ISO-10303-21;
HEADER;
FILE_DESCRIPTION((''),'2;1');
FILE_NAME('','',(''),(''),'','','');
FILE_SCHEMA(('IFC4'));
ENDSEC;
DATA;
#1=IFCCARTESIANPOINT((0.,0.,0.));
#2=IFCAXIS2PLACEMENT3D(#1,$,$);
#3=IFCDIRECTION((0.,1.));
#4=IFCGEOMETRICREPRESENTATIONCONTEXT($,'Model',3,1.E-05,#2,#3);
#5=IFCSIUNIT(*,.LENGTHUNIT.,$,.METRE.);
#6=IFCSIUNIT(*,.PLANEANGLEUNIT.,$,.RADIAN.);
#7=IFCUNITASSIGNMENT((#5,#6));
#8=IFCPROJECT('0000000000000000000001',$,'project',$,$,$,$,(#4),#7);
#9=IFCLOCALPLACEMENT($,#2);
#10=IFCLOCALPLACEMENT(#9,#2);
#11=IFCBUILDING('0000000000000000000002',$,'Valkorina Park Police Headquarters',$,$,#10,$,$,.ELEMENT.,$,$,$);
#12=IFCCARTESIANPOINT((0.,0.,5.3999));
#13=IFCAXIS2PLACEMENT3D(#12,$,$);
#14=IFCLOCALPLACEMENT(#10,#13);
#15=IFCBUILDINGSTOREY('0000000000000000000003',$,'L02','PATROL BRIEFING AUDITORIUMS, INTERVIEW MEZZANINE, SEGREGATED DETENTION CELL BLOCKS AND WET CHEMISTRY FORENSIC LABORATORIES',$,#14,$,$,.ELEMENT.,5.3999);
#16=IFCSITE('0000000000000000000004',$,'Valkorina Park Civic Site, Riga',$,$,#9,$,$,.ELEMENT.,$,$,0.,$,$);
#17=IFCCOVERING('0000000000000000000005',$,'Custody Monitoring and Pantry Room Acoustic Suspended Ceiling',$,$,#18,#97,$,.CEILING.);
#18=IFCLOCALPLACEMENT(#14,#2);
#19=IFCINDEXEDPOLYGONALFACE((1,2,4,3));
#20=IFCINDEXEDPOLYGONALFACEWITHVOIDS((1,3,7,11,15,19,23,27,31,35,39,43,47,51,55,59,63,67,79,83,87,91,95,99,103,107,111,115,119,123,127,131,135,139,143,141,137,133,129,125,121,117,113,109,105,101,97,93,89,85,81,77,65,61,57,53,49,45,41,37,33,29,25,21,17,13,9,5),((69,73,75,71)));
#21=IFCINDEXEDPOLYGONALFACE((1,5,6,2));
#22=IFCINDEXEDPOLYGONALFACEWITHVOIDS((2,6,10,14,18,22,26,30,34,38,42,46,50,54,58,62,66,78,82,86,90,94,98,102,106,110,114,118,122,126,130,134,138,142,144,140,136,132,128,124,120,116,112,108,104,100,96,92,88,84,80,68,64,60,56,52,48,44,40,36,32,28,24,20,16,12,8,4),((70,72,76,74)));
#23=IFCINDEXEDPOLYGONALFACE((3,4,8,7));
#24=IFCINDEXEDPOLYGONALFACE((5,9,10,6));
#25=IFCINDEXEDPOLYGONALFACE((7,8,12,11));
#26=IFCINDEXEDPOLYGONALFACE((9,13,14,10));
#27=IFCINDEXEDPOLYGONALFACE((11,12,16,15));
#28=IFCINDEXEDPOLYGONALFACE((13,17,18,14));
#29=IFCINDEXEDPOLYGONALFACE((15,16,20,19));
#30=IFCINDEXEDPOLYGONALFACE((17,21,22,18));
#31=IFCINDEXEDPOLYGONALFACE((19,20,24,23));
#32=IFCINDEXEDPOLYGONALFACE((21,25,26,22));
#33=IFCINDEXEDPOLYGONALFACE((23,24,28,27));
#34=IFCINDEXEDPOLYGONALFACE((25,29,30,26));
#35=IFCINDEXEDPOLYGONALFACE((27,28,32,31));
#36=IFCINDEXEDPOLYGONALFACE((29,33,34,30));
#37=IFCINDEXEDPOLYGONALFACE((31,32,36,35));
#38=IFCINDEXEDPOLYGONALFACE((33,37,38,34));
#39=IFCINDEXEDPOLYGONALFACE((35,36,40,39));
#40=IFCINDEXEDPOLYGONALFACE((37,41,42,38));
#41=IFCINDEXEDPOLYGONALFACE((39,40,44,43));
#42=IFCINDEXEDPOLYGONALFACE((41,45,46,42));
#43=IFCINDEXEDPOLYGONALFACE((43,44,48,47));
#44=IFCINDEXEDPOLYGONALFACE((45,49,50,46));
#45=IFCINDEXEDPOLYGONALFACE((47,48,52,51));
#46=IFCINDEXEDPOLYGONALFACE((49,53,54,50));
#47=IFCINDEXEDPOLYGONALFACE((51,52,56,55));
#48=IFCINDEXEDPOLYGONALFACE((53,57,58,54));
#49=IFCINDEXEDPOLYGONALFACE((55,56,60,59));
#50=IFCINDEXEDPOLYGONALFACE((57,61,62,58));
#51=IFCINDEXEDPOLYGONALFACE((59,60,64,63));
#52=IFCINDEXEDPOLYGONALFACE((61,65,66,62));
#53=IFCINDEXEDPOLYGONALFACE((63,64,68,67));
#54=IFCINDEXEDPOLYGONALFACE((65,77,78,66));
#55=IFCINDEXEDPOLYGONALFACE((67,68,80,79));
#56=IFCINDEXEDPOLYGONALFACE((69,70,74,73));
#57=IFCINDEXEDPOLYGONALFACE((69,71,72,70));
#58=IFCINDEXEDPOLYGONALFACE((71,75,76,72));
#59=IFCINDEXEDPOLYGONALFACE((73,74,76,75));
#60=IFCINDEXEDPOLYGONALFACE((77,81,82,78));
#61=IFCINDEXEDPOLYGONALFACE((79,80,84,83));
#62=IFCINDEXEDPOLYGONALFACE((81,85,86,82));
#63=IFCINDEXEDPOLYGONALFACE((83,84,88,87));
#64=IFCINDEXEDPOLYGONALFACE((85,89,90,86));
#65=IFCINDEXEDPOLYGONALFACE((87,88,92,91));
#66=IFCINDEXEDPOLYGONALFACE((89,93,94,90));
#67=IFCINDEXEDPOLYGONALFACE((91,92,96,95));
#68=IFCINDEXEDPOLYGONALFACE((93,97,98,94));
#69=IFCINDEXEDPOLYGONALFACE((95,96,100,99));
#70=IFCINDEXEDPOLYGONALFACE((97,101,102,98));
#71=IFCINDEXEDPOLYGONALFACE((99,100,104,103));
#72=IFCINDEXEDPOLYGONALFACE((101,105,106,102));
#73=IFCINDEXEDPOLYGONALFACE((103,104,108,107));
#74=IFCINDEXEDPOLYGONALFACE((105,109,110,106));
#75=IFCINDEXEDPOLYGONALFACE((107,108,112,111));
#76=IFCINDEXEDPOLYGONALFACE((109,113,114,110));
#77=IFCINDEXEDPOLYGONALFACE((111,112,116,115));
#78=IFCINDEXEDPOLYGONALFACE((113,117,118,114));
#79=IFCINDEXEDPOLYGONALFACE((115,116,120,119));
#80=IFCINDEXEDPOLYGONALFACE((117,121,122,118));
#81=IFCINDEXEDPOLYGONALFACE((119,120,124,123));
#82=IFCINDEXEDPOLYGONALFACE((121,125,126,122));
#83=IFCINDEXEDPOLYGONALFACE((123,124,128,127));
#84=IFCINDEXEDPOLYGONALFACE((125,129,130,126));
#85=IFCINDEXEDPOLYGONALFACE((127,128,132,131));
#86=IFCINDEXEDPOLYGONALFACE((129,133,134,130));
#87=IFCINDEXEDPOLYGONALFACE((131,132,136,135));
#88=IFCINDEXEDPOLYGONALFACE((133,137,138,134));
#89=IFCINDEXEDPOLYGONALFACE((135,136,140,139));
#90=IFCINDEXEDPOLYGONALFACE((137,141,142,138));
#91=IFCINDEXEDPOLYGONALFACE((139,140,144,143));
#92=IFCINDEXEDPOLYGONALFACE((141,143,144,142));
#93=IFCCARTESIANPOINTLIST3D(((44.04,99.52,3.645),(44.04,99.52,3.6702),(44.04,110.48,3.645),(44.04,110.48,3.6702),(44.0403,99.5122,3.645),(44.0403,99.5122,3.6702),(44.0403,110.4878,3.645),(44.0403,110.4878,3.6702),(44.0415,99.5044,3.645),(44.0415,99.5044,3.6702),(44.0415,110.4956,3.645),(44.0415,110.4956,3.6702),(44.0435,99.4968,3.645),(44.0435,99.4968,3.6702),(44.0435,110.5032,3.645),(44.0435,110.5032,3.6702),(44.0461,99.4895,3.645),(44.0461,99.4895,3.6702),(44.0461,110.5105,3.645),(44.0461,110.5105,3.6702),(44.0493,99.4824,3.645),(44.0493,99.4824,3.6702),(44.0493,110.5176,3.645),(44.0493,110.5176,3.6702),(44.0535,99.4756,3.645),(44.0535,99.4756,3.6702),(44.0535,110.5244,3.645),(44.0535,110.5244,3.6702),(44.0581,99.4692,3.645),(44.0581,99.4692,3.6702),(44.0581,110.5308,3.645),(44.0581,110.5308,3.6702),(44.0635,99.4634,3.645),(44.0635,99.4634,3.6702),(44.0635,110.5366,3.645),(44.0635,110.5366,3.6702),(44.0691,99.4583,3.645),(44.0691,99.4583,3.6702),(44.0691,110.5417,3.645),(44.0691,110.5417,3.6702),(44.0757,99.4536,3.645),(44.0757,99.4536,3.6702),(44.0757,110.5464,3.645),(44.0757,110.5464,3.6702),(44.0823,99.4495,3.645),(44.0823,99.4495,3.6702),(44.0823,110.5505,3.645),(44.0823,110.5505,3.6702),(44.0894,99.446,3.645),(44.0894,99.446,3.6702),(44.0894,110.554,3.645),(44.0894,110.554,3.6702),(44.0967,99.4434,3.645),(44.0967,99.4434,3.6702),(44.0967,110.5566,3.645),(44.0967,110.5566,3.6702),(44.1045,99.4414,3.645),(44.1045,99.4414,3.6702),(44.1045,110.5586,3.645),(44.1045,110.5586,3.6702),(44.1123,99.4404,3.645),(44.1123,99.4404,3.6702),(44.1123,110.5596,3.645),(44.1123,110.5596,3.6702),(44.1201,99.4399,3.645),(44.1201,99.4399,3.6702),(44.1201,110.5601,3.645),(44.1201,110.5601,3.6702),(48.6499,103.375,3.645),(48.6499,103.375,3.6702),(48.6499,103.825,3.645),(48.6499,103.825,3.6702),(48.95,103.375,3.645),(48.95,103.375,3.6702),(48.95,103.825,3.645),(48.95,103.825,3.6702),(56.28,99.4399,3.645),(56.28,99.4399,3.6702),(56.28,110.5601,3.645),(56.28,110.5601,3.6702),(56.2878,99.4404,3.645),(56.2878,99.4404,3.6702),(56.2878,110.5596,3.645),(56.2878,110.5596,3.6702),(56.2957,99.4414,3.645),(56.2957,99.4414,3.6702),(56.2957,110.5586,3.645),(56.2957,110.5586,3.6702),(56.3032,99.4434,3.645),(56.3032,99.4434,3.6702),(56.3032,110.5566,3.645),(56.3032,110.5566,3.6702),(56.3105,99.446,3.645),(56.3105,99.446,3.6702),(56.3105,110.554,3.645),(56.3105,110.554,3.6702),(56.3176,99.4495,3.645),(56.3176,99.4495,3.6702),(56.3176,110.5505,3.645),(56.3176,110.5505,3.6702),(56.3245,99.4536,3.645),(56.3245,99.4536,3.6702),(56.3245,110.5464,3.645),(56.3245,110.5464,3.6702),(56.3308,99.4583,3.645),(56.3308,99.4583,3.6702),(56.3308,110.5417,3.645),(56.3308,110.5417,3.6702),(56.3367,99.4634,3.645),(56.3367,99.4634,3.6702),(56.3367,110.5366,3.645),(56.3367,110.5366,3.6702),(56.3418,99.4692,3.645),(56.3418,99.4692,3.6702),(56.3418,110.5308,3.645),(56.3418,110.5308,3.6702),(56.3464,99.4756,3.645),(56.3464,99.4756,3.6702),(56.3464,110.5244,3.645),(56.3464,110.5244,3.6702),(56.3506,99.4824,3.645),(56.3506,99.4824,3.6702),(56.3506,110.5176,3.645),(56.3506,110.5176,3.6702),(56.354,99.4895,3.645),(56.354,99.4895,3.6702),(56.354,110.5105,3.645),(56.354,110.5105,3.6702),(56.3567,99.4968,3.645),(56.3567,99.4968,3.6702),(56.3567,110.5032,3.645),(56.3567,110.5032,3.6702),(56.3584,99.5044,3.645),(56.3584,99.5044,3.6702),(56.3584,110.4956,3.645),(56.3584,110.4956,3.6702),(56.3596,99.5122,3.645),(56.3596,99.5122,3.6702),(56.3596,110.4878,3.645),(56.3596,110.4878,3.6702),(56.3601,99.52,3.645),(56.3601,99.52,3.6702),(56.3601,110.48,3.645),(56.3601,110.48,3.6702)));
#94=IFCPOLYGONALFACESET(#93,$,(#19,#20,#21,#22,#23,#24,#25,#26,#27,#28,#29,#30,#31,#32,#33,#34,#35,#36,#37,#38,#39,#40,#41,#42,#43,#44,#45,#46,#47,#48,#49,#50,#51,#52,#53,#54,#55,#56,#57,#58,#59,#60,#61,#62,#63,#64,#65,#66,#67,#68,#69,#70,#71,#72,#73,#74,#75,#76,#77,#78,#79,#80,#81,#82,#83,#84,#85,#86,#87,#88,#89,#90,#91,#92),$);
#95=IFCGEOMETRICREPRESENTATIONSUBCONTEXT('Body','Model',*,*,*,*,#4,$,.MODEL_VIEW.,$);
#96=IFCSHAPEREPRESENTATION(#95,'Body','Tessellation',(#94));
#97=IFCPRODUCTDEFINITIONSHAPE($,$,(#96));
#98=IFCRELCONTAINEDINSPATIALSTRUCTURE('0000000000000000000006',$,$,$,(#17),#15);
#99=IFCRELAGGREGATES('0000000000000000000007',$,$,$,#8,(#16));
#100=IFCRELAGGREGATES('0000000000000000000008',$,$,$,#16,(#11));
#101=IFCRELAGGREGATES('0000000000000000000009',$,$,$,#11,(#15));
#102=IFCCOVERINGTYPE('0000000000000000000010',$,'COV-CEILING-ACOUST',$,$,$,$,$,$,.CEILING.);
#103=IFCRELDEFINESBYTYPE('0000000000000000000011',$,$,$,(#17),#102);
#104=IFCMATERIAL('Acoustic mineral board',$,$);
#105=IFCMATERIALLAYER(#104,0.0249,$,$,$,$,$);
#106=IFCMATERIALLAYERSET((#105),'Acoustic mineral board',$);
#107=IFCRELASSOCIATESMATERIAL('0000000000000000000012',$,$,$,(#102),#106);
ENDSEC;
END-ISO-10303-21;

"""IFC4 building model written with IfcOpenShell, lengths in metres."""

from ifc_helpers import new_model, si_unit, direction, frame, origin, place, context, subcontext, project, spatial, polyline, outline, extrude, material, layer, layer_set, type_object, element, save


model = new_model("IFC4")

# Units and contexts
model_context = context("Model", 3, precision=1e-05, world=origin(), true_north=direction((0.0, 1.0)))
body_context = subcontext(model_context, "Body", "Model", "MODEL_VIEW")
ifc_project = project(units=[si_unit("LENGTHUNIT", "METRE"), si_unit("PLANEANGLEUNIT", "RADIAN")], contexts=[model_context])

# Site, building, storey
site_placement = place(None, origin())
site = spatial("IfcSite", under=ifc_project, at=site_placement, Name="Valkorina Park Civic Site, Riga", CompositionType="ELEMENT", RefElevation=0.0)
building_placement = place(site_placement, origin())
building = spatial("IfcBuilding", under=site, at=building_placement, Name="Valkorina Park Police Headquarters", CompositionType="ELEMENT")
storey_placement = place(building_placement, frame((0.0, 0.0, 5.3999)))
storey = spatial("IfcBuildingStorey", under=building, at=storey_placement, Name="L02", Description="PATROL BRIEFING AUDITORIUMS, INTERVIEW MEZZANINE, SEGREGATED DETENTION CELL BLOCKS AND WET CHEMISTRY FORENSIC LABORATORIES", CompositionType="ELEMENT", Elevation=5.3999)

# Covering
ifc_material_1 = material(Name="Acoustic mineral board")
ifc_layer_1 = layer(ifc_material_1, 0.0249)
ifc_layer_set_1 = layer_set([ifc_layer_1], Name="Acoustic mineral board")
covering_type_1 = type_object("IfcCoveringType", Name="COV-CEILING-ACOUST", PredefinedType="CEILING", material=ifc_layer_set_1)
covering_1_placement = place(storey_placement, frame((0.0, 0.0, 3.645)))
element("IfcCovering", 1, at=covering_1_placement, inside=storey, type_object=covering_type_1, Name="Custody Monitoring and Pantry Room Acoustic Suspended Ceiling", PredefinedType="CEILING", context=body_context, shape_type="SweptSolid", body=[
    extrude(outline(polyline([(56.3584, 99.5044), (56.3596, 99.5122), (56.3601, 99.52), (56.3601, 110.48), (56.3596, 110.4878), (56.3584, 110.4956), (56.3567, 110.5032), (56.354, 110.5105), (56.3506, 110.5176), (56.3464, 110.5244), (56.3418, 110.5308), (56.3367, 110.5366), (56.3308, 110.5417), (56.3245, 110.5464), (56.3176, 110.5505), (56.3105, 110.554), (56.3032, 110.5566), (56.2957, 110.5586), (56.2878, 110.5596), (56.28, 110.5601), (44.1201, 110.5601), (44.1123, 110.5596), (44.1045, 110.5586), (44.0967, 110.5566), (44.0894, 110.554), (44.0823, 110.5505), (44.0757, 110.5464), (44.0691, 110.5417), (44.0635, 110.5366), (44.0581, 110.5308), (44.0535, 110.5244), (44.0493, 110.5176), (44.0461, 110.5105), (44.0435, 110.5032), (44.0415, 110.4956), (44.0403, 110.4878), (44.04, 110.48), (44.04, 99.52), (44.0403, 99.5122), (44.0415, 99.5044), (44.0435, 99.4968), (44.0461, 99.4895), (44.0493, 99.4824), (44.0535, 99.4756), (44.0581, 99.4692), (44.0635, 99.4634), (44.0691, 99.4583), (44.0757, 99.4536), (44.0823, 99.4495), (44.0894, 99.446), (44.0967, 99.4434), (44.1045, 99.4414), (44.1123, 99.4404), (44.1201, 99.4399), (56.28, 99.4399), (56.2878, 99.4404), (56.2957, 99.4414), (56.3032, 99.4434), (56.3105, 99.446), (56.3176, 99.4495), (56.3245, 99.4536), (56.3308, 99.4583), (56.3367, 99.4634), (56.3418, 99.4692), (56.3464, 99.4756), (56.3506, 99.4824), (56.354, 99.4895), (56.3567, 99.4968), (56.3584, 99.5044)]), holes=[polyline([(48.95, 103.375), (48.6499, 103.375), (48.6499, 103.825), (48.95, 103.825), (48.95, 103.375)])]), origin(), (0.0, 0.0, 1.0), 0.0251),
])

save(model, "model.ifc")
